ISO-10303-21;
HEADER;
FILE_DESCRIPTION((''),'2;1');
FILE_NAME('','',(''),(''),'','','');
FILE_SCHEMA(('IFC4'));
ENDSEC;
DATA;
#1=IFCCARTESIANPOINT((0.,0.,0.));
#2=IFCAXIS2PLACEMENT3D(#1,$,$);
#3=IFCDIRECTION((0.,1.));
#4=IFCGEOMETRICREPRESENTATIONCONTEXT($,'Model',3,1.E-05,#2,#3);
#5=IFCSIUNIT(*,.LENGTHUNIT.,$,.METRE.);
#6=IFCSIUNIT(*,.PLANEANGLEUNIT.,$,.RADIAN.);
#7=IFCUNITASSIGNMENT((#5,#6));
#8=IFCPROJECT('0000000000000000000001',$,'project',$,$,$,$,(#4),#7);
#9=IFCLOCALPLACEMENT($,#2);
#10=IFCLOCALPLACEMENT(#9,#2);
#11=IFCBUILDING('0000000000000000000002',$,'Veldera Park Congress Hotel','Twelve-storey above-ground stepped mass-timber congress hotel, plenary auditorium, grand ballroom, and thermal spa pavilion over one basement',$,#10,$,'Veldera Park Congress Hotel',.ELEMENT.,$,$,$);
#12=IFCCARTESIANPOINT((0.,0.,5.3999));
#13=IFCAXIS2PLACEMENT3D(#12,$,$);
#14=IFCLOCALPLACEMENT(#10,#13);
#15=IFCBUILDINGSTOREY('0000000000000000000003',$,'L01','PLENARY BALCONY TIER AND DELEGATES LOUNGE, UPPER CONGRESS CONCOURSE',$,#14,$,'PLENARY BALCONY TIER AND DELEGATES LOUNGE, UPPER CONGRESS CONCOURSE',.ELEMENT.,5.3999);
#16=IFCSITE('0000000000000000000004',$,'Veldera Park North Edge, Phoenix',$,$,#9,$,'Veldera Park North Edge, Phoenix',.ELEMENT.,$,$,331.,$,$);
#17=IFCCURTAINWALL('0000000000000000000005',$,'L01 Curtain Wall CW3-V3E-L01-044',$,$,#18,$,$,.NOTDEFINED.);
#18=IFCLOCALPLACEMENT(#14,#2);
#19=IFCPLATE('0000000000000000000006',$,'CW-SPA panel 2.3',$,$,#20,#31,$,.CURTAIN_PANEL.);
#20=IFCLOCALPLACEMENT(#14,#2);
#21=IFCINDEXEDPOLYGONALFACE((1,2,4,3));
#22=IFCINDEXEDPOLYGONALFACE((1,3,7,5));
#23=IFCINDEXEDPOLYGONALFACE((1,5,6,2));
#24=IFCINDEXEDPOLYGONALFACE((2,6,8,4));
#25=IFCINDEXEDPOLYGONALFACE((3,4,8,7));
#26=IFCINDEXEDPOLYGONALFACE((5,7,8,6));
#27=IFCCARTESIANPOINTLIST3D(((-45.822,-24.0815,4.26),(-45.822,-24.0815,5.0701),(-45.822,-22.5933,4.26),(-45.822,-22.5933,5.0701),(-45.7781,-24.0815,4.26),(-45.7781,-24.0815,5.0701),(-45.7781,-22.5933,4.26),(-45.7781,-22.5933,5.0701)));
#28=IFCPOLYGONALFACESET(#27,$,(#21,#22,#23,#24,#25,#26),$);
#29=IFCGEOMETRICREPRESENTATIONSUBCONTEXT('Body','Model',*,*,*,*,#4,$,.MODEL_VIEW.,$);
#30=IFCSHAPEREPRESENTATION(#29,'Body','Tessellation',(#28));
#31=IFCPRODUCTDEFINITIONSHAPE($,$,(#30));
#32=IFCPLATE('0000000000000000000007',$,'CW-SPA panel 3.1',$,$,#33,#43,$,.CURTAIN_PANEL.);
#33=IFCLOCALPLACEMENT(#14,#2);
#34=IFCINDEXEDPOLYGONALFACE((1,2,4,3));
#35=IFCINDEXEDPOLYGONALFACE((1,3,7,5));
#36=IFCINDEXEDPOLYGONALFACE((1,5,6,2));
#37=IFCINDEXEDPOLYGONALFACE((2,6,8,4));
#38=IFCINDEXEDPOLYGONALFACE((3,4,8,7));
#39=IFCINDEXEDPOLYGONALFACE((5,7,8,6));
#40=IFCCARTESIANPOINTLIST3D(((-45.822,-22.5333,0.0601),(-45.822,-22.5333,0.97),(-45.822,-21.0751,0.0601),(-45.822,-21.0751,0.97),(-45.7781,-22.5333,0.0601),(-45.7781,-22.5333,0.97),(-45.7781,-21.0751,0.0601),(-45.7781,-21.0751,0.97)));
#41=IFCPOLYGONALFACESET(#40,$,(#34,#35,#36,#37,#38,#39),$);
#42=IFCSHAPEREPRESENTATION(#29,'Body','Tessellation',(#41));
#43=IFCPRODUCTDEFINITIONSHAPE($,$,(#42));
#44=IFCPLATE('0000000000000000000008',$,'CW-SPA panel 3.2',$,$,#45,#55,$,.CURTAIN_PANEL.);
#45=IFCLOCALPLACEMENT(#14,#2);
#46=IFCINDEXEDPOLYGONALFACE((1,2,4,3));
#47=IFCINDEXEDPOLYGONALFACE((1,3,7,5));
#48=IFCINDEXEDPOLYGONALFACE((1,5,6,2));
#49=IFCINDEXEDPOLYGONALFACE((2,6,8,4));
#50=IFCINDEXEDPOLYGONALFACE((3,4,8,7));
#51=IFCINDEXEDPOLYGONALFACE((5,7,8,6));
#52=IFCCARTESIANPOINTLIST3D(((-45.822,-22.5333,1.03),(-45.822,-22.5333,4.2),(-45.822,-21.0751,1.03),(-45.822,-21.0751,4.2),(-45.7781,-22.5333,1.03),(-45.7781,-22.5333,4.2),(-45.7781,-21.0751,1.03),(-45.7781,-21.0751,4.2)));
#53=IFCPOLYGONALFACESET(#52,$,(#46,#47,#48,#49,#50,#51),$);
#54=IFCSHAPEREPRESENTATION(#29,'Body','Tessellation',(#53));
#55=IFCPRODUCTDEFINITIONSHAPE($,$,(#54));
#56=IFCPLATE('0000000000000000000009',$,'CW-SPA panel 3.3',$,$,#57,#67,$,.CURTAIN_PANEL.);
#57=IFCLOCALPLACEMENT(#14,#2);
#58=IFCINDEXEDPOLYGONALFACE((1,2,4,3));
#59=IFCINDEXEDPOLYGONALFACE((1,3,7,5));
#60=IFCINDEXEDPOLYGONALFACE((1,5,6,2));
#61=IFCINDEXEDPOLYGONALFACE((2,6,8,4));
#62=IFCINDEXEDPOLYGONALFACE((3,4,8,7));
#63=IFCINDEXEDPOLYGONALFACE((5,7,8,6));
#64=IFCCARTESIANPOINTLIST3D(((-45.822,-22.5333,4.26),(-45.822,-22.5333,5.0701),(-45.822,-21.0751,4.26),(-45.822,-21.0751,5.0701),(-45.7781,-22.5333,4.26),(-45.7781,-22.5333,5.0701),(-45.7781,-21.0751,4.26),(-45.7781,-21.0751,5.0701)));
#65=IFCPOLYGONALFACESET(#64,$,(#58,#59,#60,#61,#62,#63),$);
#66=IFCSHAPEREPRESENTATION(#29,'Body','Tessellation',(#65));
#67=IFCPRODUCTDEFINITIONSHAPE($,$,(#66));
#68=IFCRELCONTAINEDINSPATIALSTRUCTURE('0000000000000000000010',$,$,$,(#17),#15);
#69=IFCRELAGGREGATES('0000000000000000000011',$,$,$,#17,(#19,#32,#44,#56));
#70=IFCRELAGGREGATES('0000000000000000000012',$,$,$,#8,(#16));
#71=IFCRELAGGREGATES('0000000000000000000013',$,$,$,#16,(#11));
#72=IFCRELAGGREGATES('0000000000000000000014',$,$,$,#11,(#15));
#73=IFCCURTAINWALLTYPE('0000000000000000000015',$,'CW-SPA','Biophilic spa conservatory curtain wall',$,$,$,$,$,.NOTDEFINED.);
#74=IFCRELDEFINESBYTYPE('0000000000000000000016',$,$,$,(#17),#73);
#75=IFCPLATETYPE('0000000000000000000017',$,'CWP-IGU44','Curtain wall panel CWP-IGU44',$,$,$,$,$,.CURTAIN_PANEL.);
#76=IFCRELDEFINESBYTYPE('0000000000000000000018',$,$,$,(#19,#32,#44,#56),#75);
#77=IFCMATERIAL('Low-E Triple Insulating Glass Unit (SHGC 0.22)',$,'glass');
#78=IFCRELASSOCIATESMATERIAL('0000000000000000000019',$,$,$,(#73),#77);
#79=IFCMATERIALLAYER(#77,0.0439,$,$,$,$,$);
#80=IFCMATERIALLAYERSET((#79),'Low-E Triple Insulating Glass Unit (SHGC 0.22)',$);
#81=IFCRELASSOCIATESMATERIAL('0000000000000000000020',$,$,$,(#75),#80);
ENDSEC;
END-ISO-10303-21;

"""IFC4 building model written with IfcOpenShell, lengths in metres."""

from ifc_helpers import new_model, si_unit, direction, frame, origin, origin_2d, place, context, subcontext, project, spatial, rectangle, extrude, material, layer, layer_set, type_object, element, aggregate, save


model = new_model("IFC4")

# Units and contexts
model_context = context("Model", 3, precision=1e-05, world=origin(), true_north=direction((0.0, 1.0)))
body_context = subcontext(model_context, "Body", "Model", "MODEL_VIEW")
ifc_project = project(units=[si_unit("LENGTHUNIT", "METRE"), si_unit("PLANEANGLEUNIT", "RADIAN")], contexts=[model_context])

# Site, building, storey
site_placement = place(None, origin())
site = spatial("IfcSite", under=ifc_project, at=site_placement, Name="Veldera Park North Edge, Phoenix", LongName="Veldera Park North Edge, Phoenix", CompositionType="ELEMENT", RefElevation=331.0)
building_placement = place(site_placement, origin())
building = spatial("IfcBuilding", under=site, at=building_placement, Name="Veldera Park Congress Hotel", Description="Twelve-storey above-ground stepped mass-timber congress hotel, plenary auditorium, grand ballroom, and thermal spa pavilion over one basement", LongName="Veldera Park Congress Hotel", CompositionType="ELEMENT")
storey_placement = place(building_placement, frame((0.0, 0.0, 5.3999)))
storey = spatial("IfcBuildingStorey", under=building, at=storey_placement, Name="L01", Description="PLENARY BALCONY TIER AND DELEGATES LOUNGE, UPPER CONGRESS CONCOURSE", LongName="PLENARY BALCONY TIER AND DELEGATES LOUNGE, UPPER CONGRESS CONCOURSE", CompositionType="ELEMENT", Elevation=5.3999)

# Curtain wall, plates
ifc_material_1 = material(Name="Low-E Triple Insulating Glass Unit (SHGC 0.22)", Category="glass")
curtain_wall_type = type_object("IfcCurtainWallType", Name="CW-SPA", Description="Biophilic spa conservatory curtain wall", PredefinedType="NOTDEFINED", material=ifc_material_1)
curtain_wall_placement = place(storey_placement, origin())
curtain_wall = element("IfcCurtainWall", 1, at=curtain_wall_placement, inside=storey, type_object=curtain_wall_type, Name="L01 Curtain Wall CW3-V3E-L01-044", PredefinedType="NOTDEFINED")
ifc_layer = layer(ifc_material_1, 0.0439)
ifc_layer_set = layer_set([ifc_layer], Name="Low-E Triple Insulating Glass Unit (SHGC 0.22)")
plate_type = type_object("IfcPlateType", Name="CWP-IGU44", Description="Curtain wall panel CWP-IGU44", PredefinedType="CURTAIN_PANEL", material=ifc_layer_set)
plate_1_placement = place(storey_placement, frame((-45.8, -23.3374, 4.26), z_axis=(0.0, 0.0, 1.0), x_axis=(0.0, 1.0, 0.0)))
plate_1 = element("IfcPlate", 2, at=plate_1_placement, type_object=plate_type, Name="CW-SPA panel 2.3", PredefinedType="CURTAIN_PANEL", context=body_context, shape_type="SweptSolid", body=[
    extrude(rectangle(XDim=1.4883, YDim=0.0439, at=origin_2d()), origin(), (0.0, 0.0, 1.0), 0.8101),
])
plate_2_placement = place(storey_placement, frame((-45.8, -21.8042, 0.0601), z_axis=(0.0, 0.0, 1.0), x_axis=(0.0, 1.0, 0.0)))
plate_2 = element("IfcPlate", 3, at=plate_2_placement, type_object=plate_type, Name="CW-SPA panel 3.1", PredefinedType="CURTAIN_PANEL", context=body_context, shape_type="SweptSolid", body=[
    extrude(rectangle(XDim=1.4583, YDim=0.0439, at=origin_2d()), origin(), (0.0, 0.0, 1.0), 0.9099),
])
plate_3_placement = place(storey_placement, frame((-45.8, -21.8042, 1.03), z_axis=(0.0, 0.0, 1.0), x_axis=(0.0, 1.0, 0.0)))
plate_3 = element("IfcPlate", 4, at=plate_3_placement, type_object=plate_type, Name="CW-SPA panel 3.2", PredefinedType="CURTAIN_PANEL", context=body_context, shape_type="SweptSolid", body=[
    extrude(rectangle(XDim=1.4583, YDim=0.0439, at=origin_2d()), origin(), (0.0, 0.0, 1.0), 3.1699),
])
plate_4_placement = place(storey_placement, frame((-45.8, -21.8042, 4.26), z_axis=(0.0, 0.0, 1.0), x_axis=(0.0, 1.0, 0.0)))
plate_4 = element("IfcPlate", 5, at=plate_4_placement, type_object=plate_type, Name="CW-SPA panel 3.3", PredefinedType="CURTAIN_PANEL", context=body_context, shape_type="SweptSolid", body=[
    extrude(rectangle(XDim=1.4583, YDim=0.0439, at=origin_2d()), origin(), (0.0, 0.0, 1.0), 0.8101),
])
aggregate(curtain_wall, [plate_1, plate_2, plate_3, plate_4])

save(model, "model.ifc")
